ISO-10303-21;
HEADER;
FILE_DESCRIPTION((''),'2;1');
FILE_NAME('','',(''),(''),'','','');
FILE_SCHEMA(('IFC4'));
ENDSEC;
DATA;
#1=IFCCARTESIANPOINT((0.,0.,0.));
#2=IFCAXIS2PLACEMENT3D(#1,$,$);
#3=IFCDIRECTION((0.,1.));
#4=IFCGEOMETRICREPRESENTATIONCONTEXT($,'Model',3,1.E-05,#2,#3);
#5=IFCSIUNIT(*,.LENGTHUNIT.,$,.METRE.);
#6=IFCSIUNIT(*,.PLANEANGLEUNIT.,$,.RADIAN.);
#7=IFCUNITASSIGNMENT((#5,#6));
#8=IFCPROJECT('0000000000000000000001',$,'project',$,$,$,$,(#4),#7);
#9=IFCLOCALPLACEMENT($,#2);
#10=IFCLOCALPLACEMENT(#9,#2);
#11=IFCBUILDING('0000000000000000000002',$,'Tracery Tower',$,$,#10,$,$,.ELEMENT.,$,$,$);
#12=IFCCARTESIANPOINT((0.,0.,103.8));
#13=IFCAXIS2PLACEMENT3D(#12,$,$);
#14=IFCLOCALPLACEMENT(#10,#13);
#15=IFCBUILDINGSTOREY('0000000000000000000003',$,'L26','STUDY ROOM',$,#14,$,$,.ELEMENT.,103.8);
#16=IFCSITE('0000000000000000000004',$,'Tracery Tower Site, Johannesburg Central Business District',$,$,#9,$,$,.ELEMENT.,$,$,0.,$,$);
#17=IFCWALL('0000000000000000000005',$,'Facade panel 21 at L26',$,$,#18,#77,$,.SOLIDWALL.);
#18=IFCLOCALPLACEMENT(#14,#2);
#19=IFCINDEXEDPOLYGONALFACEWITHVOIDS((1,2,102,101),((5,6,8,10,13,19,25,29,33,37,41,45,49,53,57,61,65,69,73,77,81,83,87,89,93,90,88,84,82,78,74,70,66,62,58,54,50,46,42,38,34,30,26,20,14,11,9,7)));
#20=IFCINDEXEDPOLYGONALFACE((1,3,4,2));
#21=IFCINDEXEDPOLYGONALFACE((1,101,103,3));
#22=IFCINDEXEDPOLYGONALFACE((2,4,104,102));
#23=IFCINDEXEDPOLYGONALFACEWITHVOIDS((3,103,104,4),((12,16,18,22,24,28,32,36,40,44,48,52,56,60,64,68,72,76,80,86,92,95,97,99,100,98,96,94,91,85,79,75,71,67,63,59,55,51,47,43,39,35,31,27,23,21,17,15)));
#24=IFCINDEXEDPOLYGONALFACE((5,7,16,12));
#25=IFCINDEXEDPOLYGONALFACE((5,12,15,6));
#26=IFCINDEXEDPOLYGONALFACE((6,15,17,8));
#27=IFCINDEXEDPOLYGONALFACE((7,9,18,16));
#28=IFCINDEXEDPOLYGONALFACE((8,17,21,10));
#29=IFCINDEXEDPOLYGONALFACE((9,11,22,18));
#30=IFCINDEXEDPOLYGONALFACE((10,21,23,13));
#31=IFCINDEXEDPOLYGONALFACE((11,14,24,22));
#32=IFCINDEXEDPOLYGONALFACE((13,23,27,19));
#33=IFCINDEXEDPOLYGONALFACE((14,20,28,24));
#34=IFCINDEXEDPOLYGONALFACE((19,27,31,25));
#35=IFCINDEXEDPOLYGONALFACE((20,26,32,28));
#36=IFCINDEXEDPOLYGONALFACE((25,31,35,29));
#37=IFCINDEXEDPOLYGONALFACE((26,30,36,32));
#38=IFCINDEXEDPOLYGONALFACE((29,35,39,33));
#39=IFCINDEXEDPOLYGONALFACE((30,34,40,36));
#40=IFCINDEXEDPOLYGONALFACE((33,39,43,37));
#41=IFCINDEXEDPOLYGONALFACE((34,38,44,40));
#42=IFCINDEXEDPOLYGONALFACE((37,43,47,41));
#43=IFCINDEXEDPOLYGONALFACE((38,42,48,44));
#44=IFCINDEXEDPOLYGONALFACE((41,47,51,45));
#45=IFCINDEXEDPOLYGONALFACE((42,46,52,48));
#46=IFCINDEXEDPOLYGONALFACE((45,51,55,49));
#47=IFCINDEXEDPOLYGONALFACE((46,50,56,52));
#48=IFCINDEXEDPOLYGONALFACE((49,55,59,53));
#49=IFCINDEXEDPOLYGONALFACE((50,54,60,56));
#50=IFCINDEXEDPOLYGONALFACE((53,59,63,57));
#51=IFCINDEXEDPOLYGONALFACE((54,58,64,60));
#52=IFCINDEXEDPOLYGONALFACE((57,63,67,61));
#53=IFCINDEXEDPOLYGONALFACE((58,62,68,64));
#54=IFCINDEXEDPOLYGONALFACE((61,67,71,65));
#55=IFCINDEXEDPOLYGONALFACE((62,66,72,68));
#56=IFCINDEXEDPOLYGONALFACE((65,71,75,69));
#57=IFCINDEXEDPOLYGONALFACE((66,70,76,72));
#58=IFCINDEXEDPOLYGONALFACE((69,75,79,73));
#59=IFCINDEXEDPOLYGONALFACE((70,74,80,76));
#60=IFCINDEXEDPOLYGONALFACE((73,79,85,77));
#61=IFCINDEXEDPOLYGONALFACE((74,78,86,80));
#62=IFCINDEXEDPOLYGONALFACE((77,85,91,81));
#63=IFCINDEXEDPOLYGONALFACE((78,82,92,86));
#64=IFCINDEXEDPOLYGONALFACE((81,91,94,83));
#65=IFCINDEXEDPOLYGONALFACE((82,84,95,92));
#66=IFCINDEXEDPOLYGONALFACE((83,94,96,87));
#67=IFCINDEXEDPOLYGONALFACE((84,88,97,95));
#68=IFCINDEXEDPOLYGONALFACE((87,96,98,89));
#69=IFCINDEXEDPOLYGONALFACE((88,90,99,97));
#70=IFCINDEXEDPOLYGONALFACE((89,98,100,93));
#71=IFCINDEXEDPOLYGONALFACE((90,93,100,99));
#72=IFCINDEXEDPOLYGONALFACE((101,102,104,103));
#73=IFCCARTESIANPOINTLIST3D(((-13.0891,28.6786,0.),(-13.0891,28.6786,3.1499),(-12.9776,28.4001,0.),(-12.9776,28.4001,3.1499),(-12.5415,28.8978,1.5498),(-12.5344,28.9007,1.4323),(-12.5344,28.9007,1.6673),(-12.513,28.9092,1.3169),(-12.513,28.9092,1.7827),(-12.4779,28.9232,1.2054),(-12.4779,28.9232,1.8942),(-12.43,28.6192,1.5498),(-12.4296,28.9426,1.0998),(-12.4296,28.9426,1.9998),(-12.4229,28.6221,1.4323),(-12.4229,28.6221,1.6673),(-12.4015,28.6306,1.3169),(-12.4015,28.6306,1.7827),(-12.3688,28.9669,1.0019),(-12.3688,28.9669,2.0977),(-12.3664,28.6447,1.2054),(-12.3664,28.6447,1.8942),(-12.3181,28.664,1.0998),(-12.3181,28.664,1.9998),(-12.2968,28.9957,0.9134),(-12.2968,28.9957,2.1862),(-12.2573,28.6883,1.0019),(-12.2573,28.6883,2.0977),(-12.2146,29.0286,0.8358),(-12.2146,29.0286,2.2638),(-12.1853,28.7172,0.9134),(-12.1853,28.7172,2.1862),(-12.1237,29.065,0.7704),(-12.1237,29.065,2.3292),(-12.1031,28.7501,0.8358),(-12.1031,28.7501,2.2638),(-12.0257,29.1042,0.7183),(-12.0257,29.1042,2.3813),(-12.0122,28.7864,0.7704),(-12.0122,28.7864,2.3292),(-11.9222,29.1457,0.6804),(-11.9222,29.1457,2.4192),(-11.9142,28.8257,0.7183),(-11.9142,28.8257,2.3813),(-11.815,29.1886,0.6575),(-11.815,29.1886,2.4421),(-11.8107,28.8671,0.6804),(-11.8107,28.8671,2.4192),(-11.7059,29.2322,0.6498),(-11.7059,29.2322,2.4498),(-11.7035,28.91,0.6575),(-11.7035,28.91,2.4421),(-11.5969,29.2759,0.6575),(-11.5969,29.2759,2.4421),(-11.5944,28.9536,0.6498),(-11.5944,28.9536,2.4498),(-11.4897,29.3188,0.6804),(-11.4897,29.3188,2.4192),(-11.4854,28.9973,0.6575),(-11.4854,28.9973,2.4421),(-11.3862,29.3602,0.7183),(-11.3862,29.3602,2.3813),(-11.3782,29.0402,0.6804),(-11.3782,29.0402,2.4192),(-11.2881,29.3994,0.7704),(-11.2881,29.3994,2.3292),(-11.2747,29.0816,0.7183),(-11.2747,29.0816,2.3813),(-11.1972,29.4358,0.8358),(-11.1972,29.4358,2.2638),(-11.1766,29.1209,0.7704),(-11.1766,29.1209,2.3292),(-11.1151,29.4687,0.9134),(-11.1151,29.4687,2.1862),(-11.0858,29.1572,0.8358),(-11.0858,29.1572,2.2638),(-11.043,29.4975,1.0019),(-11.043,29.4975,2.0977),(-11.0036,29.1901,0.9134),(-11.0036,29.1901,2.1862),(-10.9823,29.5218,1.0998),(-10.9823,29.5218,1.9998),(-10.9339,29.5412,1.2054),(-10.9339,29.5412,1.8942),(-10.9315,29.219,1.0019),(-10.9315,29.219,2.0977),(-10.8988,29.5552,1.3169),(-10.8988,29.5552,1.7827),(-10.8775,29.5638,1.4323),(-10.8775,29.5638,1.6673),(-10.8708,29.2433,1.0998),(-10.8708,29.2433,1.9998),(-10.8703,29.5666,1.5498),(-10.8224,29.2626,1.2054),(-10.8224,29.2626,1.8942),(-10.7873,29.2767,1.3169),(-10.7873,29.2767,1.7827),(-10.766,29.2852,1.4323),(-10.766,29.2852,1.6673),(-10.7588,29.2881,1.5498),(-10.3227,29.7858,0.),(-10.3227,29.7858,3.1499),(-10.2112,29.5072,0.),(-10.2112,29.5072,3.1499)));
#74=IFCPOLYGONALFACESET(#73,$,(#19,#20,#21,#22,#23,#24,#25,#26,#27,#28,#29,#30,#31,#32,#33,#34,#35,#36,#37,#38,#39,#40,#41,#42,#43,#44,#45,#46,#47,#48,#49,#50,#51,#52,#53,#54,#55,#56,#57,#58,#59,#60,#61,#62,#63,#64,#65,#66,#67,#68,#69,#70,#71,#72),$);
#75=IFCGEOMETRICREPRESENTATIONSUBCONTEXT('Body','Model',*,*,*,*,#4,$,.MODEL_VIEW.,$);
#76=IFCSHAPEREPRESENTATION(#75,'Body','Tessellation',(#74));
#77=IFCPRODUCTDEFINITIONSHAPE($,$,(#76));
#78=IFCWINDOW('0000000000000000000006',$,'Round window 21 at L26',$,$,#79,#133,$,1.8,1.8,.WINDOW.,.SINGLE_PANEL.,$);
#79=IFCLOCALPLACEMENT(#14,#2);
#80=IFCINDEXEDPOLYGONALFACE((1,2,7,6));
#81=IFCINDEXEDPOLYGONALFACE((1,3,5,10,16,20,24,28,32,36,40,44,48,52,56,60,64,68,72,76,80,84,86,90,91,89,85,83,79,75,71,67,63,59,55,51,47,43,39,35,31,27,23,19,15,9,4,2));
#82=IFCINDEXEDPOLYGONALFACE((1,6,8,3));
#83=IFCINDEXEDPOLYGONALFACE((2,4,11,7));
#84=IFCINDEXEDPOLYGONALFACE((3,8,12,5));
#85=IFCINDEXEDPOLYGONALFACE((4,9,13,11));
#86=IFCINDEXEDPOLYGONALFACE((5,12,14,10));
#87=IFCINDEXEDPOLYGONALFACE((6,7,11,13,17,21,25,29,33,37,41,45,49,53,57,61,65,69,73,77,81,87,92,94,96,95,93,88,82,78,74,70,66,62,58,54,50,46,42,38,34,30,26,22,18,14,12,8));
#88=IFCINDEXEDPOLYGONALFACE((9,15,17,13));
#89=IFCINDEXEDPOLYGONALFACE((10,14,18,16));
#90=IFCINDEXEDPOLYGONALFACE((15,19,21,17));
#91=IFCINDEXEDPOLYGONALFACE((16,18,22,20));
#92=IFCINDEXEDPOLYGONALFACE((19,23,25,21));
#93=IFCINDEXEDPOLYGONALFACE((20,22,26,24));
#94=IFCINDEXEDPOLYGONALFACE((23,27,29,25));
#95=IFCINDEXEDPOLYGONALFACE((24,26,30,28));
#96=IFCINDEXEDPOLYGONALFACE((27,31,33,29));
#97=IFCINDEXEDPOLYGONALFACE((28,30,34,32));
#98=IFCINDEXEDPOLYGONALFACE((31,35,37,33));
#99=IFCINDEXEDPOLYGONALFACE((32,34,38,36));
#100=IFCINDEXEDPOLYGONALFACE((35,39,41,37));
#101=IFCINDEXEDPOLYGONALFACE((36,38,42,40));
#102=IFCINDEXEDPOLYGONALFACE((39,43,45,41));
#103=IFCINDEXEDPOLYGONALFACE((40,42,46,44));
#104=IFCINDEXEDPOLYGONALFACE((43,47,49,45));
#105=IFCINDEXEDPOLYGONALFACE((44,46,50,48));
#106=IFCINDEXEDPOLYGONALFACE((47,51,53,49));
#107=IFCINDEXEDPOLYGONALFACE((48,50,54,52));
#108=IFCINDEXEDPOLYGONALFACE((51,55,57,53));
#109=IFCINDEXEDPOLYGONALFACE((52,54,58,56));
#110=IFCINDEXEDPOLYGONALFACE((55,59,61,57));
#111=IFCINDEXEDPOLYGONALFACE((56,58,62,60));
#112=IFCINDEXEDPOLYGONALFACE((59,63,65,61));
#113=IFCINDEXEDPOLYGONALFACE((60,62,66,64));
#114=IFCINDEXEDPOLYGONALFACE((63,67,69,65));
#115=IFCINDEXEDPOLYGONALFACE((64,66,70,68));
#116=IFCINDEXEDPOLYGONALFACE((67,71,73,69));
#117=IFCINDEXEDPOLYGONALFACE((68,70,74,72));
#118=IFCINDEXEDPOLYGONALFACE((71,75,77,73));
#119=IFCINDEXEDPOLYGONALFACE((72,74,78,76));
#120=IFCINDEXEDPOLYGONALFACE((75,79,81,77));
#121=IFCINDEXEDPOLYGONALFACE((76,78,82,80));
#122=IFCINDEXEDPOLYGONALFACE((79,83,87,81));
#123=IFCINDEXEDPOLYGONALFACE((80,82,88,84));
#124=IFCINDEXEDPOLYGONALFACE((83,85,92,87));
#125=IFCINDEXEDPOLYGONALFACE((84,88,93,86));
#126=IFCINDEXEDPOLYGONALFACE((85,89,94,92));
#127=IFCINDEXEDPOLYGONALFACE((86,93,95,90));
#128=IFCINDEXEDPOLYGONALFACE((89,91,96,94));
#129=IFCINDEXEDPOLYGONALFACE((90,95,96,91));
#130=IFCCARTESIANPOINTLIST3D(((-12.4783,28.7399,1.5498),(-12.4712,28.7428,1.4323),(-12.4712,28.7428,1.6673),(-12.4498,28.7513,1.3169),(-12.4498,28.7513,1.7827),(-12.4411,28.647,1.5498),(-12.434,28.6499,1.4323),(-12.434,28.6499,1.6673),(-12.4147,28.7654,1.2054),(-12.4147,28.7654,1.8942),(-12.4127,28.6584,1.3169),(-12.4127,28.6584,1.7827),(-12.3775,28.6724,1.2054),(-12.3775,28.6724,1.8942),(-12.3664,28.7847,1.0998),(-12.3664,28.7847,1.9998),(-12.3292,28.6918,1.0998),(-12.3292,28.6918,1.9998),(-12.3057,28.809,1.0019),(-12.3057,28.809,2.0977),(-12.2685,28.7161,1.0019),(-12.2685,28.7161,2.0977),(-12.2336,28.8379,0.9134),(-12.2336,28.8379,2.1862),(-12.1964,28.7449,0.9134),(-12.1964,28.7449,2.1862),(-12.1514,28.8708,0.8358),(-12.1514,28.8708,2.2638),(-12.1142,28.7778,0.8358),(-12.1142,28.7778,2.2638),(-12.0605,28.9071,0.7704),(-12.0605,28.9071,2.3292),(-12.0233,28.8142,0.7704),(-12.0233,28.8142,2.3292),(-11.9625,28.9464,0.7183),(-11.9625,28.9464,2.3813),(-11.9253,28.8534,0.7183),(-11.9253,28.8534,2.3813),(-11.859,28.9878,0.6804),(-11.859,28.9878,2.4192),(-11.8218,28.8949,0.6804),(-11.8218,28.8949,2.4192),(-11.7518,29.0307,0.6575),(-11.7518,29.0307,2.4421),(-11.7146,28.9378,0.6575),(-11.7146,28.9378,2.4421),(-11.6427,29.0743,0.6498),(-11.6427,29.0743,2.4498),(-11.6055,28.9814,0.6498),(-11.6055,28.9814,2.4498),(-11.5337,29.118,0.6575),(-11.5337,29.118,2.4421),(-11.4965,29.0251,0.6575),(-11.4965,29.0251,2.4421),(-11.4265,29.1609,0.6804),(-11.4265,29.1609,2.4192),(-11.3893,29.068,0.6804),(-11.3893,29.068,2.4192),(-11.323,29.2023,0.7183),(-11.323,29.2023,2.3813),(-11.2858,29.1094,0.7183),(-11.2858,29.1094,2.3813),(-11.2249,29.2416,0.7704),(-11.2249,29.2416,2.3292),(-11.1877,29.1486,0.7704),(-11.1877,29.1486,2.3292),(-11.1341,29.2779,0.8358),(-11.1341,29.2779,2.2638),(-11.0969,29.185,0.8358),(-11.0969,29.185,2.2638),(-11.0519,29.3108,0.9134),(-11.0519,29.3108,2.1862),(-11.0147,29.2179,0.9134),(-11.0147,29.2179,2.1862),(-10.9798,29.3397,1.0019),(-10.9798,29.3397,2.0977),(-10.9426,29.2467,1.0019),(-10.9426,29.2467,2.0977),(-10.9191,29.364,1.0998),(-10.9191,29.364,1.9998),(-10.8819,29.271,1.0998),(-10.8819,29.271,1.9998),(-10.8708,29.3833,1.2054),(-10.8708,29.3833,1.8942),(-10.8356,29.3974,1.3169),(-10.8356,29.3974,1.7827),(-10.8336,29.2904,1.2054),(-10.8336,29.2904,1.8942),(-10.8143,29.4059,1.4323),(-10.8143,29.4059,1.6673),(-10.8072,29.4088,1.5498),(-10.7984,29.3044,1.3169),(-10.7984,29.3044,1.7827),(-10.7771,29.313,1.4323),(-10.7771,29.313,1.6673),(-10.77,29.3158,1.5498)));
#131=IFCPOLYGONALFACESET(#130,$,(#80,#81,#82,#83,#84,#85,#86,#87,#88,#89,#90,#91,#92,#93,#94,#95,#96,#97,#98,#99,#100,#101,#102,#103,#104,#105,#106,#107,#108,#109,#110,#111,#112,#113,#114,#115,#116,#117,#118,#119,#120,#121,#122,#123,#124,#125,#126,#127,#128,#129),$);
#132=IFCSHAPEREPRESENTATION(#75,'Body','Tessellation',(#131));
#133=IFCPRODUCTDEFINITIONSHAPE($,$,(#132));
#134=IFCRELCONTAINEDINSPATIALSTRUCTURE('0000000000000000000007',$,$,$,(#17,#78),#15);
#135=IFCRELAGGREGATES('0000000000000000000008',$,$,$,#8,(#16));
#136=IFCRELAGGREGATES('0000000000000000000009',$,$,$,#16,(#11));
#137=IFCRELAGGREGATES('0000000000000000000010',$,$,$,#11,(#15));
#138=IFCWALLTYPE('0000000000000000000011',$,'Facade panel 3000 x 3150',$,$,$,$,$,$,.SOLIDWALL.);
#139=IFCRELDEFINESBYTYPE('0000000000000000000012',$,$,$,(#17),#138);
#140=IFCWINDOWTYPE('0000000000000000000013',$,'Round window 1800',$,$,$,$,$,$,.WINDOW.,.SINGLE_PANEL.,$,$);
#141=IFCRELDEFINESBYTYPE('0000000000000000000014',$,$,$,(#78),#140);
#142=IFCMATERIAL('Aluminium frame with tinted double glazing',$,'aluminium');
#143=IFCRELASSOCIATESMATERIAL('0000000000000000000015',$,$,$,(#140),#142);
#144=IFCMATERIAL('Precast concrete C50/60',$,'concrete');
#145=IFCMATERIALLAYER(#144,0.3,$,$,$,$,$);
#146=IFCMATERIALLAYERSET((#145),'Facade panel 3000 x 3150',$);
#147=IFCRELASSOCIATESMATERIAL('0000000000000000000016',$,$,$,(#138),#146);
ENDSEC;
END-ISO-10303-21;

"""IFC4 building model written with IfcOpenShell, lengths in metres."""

from ifc_helpers import new_model, si_unit, direction, frame, frame_2d, origin, origin_2d, place, context, subcontext, project, spatial, rectangle, circle, extrude, material, layer, layer_set, type_object, element, fill, save


model = new_model("IFC4")

# Units and contexts
model_context = context("Model", 3, precision=1e-05, world=origin(), true_north=direction((0.0, 1.0)))
body_context = subcontext(model_context, "Body", "Model", "MODEL_VIEW")
ifc_project = project(units=[si_unit("LENGTHUNIT", "METRE"), si_unit("PLANEANGLEUNIT", "RADIAN")], contexts=[model_context])

# Site, building, storey
site_placement = place(None, origin())
site = spatial("IfcSite", under=ifc_project, at=site_placement, Name="Tracery Tower Site, Johannesburg Central Business District", CompositionType="ELEMENT", RefElevation=0.0)
building_placement = place(site_placement, origin())
building = spatial("IfcBuilding", under=site, at=building_placement, Name="Tracery Tower", CompositionType="ELEMENT")
storey_placement = place(building_placement, frame((0.0, 0.0, 103.8)))
storey = spatial("IfcBuildingStorey", under=building, at=storey_placement, Name="L26", Description="STUDY ROOM", CompositionType="ELEMENT", Elevation=103.8)

# Wall, opening, window
ifc_material_1 = material(Name="Aluminium frame with tinted double glazing", Category="aluminium")
window_type = type_object("IfcWindowType", Name="Round window 1800", PartitioningType="SINGLE_PANEL", PredefinedType="WINDOW", material=ifc_material_1)
ifc_material_2 = material(Name="Precast concrete C50/60", Category="concrete")
ifc_layer_1 = layer(ifc_material_2, 0.3)
ifc_layer_set_1 = layer_set([ifc_layer_1], Name="Facade panel 3000 x 3150")
wall_type_1 = type_object("IfcWallType", Name="Facade panel 3000 x 3150", PredefinedType="SOLIDWALL", material=ifc_layer_set_1)
wall_1_placement = place(storey_placement, frame((-10.2671, 29.6465, 0.0), z_axis=(0.0, 0.0, 1.0), x_axis=(-0.928403, -0.371574, 0.0)))
wall_1 = element("IfcWall", 1, at=wall_1_placement, inside=storey, type_object=wall_type_1, Name="Facade panel 21 at L26", PredefinedType="SOLIDWALL", context=body_context, shape_type="SweptSolid", body=[
    extrude(rectangle(XDim=2.9797, YDim=0.3, at=frame_2d((1.4897, 0.0))), origin(), (0.0, 0.0, 1.0), 3.1499),
])
opening_1_placement = place(wall_1_placement, frame((1.4897, 0.0, 1.5498)))
opening_1 = element("IfcOpeningElement", 2, at=opening_1_placement, cuts=wall_1, PredefinedType="OPENING", context=body_context, shape_type="SweptSolid", body=[
    extrude(circle(Radius=0.9, at=origin_2d()), frame((0.0, 0.1599, 0.0), z_axis=(0.0, -1.0, 0.0), x_axis=(1.0, 0.0, 0.0)), (0.0, 0.0, 1.0), 0.3201),
])
window_1_placement = place(opening_1_placement, origin())
window_1 = element("IfcWindow", 3, at=window_1_placement, inside=storey, type_object=window_type, Name="Round window 21 at L26", OverallHeight=1.8, OverallWidth=1.8, PartitioningType="SINGLE_PANEL", PredefinedType="WINDOW", context=body_context, shape_type="SweptSolid", body=[
    extrude(circle(Radius=0.9, at=origin_2d()), frame((0.0, 0.1201, 0.0), z_axis=(0.0, -1.0, 0.0), x_axis=(1.0, 0.0, 0.0)), (0.0, 0.0, 1.0), 0.1001),
])
fill(opening_1, window_1)

save(model, "model.ifc")
